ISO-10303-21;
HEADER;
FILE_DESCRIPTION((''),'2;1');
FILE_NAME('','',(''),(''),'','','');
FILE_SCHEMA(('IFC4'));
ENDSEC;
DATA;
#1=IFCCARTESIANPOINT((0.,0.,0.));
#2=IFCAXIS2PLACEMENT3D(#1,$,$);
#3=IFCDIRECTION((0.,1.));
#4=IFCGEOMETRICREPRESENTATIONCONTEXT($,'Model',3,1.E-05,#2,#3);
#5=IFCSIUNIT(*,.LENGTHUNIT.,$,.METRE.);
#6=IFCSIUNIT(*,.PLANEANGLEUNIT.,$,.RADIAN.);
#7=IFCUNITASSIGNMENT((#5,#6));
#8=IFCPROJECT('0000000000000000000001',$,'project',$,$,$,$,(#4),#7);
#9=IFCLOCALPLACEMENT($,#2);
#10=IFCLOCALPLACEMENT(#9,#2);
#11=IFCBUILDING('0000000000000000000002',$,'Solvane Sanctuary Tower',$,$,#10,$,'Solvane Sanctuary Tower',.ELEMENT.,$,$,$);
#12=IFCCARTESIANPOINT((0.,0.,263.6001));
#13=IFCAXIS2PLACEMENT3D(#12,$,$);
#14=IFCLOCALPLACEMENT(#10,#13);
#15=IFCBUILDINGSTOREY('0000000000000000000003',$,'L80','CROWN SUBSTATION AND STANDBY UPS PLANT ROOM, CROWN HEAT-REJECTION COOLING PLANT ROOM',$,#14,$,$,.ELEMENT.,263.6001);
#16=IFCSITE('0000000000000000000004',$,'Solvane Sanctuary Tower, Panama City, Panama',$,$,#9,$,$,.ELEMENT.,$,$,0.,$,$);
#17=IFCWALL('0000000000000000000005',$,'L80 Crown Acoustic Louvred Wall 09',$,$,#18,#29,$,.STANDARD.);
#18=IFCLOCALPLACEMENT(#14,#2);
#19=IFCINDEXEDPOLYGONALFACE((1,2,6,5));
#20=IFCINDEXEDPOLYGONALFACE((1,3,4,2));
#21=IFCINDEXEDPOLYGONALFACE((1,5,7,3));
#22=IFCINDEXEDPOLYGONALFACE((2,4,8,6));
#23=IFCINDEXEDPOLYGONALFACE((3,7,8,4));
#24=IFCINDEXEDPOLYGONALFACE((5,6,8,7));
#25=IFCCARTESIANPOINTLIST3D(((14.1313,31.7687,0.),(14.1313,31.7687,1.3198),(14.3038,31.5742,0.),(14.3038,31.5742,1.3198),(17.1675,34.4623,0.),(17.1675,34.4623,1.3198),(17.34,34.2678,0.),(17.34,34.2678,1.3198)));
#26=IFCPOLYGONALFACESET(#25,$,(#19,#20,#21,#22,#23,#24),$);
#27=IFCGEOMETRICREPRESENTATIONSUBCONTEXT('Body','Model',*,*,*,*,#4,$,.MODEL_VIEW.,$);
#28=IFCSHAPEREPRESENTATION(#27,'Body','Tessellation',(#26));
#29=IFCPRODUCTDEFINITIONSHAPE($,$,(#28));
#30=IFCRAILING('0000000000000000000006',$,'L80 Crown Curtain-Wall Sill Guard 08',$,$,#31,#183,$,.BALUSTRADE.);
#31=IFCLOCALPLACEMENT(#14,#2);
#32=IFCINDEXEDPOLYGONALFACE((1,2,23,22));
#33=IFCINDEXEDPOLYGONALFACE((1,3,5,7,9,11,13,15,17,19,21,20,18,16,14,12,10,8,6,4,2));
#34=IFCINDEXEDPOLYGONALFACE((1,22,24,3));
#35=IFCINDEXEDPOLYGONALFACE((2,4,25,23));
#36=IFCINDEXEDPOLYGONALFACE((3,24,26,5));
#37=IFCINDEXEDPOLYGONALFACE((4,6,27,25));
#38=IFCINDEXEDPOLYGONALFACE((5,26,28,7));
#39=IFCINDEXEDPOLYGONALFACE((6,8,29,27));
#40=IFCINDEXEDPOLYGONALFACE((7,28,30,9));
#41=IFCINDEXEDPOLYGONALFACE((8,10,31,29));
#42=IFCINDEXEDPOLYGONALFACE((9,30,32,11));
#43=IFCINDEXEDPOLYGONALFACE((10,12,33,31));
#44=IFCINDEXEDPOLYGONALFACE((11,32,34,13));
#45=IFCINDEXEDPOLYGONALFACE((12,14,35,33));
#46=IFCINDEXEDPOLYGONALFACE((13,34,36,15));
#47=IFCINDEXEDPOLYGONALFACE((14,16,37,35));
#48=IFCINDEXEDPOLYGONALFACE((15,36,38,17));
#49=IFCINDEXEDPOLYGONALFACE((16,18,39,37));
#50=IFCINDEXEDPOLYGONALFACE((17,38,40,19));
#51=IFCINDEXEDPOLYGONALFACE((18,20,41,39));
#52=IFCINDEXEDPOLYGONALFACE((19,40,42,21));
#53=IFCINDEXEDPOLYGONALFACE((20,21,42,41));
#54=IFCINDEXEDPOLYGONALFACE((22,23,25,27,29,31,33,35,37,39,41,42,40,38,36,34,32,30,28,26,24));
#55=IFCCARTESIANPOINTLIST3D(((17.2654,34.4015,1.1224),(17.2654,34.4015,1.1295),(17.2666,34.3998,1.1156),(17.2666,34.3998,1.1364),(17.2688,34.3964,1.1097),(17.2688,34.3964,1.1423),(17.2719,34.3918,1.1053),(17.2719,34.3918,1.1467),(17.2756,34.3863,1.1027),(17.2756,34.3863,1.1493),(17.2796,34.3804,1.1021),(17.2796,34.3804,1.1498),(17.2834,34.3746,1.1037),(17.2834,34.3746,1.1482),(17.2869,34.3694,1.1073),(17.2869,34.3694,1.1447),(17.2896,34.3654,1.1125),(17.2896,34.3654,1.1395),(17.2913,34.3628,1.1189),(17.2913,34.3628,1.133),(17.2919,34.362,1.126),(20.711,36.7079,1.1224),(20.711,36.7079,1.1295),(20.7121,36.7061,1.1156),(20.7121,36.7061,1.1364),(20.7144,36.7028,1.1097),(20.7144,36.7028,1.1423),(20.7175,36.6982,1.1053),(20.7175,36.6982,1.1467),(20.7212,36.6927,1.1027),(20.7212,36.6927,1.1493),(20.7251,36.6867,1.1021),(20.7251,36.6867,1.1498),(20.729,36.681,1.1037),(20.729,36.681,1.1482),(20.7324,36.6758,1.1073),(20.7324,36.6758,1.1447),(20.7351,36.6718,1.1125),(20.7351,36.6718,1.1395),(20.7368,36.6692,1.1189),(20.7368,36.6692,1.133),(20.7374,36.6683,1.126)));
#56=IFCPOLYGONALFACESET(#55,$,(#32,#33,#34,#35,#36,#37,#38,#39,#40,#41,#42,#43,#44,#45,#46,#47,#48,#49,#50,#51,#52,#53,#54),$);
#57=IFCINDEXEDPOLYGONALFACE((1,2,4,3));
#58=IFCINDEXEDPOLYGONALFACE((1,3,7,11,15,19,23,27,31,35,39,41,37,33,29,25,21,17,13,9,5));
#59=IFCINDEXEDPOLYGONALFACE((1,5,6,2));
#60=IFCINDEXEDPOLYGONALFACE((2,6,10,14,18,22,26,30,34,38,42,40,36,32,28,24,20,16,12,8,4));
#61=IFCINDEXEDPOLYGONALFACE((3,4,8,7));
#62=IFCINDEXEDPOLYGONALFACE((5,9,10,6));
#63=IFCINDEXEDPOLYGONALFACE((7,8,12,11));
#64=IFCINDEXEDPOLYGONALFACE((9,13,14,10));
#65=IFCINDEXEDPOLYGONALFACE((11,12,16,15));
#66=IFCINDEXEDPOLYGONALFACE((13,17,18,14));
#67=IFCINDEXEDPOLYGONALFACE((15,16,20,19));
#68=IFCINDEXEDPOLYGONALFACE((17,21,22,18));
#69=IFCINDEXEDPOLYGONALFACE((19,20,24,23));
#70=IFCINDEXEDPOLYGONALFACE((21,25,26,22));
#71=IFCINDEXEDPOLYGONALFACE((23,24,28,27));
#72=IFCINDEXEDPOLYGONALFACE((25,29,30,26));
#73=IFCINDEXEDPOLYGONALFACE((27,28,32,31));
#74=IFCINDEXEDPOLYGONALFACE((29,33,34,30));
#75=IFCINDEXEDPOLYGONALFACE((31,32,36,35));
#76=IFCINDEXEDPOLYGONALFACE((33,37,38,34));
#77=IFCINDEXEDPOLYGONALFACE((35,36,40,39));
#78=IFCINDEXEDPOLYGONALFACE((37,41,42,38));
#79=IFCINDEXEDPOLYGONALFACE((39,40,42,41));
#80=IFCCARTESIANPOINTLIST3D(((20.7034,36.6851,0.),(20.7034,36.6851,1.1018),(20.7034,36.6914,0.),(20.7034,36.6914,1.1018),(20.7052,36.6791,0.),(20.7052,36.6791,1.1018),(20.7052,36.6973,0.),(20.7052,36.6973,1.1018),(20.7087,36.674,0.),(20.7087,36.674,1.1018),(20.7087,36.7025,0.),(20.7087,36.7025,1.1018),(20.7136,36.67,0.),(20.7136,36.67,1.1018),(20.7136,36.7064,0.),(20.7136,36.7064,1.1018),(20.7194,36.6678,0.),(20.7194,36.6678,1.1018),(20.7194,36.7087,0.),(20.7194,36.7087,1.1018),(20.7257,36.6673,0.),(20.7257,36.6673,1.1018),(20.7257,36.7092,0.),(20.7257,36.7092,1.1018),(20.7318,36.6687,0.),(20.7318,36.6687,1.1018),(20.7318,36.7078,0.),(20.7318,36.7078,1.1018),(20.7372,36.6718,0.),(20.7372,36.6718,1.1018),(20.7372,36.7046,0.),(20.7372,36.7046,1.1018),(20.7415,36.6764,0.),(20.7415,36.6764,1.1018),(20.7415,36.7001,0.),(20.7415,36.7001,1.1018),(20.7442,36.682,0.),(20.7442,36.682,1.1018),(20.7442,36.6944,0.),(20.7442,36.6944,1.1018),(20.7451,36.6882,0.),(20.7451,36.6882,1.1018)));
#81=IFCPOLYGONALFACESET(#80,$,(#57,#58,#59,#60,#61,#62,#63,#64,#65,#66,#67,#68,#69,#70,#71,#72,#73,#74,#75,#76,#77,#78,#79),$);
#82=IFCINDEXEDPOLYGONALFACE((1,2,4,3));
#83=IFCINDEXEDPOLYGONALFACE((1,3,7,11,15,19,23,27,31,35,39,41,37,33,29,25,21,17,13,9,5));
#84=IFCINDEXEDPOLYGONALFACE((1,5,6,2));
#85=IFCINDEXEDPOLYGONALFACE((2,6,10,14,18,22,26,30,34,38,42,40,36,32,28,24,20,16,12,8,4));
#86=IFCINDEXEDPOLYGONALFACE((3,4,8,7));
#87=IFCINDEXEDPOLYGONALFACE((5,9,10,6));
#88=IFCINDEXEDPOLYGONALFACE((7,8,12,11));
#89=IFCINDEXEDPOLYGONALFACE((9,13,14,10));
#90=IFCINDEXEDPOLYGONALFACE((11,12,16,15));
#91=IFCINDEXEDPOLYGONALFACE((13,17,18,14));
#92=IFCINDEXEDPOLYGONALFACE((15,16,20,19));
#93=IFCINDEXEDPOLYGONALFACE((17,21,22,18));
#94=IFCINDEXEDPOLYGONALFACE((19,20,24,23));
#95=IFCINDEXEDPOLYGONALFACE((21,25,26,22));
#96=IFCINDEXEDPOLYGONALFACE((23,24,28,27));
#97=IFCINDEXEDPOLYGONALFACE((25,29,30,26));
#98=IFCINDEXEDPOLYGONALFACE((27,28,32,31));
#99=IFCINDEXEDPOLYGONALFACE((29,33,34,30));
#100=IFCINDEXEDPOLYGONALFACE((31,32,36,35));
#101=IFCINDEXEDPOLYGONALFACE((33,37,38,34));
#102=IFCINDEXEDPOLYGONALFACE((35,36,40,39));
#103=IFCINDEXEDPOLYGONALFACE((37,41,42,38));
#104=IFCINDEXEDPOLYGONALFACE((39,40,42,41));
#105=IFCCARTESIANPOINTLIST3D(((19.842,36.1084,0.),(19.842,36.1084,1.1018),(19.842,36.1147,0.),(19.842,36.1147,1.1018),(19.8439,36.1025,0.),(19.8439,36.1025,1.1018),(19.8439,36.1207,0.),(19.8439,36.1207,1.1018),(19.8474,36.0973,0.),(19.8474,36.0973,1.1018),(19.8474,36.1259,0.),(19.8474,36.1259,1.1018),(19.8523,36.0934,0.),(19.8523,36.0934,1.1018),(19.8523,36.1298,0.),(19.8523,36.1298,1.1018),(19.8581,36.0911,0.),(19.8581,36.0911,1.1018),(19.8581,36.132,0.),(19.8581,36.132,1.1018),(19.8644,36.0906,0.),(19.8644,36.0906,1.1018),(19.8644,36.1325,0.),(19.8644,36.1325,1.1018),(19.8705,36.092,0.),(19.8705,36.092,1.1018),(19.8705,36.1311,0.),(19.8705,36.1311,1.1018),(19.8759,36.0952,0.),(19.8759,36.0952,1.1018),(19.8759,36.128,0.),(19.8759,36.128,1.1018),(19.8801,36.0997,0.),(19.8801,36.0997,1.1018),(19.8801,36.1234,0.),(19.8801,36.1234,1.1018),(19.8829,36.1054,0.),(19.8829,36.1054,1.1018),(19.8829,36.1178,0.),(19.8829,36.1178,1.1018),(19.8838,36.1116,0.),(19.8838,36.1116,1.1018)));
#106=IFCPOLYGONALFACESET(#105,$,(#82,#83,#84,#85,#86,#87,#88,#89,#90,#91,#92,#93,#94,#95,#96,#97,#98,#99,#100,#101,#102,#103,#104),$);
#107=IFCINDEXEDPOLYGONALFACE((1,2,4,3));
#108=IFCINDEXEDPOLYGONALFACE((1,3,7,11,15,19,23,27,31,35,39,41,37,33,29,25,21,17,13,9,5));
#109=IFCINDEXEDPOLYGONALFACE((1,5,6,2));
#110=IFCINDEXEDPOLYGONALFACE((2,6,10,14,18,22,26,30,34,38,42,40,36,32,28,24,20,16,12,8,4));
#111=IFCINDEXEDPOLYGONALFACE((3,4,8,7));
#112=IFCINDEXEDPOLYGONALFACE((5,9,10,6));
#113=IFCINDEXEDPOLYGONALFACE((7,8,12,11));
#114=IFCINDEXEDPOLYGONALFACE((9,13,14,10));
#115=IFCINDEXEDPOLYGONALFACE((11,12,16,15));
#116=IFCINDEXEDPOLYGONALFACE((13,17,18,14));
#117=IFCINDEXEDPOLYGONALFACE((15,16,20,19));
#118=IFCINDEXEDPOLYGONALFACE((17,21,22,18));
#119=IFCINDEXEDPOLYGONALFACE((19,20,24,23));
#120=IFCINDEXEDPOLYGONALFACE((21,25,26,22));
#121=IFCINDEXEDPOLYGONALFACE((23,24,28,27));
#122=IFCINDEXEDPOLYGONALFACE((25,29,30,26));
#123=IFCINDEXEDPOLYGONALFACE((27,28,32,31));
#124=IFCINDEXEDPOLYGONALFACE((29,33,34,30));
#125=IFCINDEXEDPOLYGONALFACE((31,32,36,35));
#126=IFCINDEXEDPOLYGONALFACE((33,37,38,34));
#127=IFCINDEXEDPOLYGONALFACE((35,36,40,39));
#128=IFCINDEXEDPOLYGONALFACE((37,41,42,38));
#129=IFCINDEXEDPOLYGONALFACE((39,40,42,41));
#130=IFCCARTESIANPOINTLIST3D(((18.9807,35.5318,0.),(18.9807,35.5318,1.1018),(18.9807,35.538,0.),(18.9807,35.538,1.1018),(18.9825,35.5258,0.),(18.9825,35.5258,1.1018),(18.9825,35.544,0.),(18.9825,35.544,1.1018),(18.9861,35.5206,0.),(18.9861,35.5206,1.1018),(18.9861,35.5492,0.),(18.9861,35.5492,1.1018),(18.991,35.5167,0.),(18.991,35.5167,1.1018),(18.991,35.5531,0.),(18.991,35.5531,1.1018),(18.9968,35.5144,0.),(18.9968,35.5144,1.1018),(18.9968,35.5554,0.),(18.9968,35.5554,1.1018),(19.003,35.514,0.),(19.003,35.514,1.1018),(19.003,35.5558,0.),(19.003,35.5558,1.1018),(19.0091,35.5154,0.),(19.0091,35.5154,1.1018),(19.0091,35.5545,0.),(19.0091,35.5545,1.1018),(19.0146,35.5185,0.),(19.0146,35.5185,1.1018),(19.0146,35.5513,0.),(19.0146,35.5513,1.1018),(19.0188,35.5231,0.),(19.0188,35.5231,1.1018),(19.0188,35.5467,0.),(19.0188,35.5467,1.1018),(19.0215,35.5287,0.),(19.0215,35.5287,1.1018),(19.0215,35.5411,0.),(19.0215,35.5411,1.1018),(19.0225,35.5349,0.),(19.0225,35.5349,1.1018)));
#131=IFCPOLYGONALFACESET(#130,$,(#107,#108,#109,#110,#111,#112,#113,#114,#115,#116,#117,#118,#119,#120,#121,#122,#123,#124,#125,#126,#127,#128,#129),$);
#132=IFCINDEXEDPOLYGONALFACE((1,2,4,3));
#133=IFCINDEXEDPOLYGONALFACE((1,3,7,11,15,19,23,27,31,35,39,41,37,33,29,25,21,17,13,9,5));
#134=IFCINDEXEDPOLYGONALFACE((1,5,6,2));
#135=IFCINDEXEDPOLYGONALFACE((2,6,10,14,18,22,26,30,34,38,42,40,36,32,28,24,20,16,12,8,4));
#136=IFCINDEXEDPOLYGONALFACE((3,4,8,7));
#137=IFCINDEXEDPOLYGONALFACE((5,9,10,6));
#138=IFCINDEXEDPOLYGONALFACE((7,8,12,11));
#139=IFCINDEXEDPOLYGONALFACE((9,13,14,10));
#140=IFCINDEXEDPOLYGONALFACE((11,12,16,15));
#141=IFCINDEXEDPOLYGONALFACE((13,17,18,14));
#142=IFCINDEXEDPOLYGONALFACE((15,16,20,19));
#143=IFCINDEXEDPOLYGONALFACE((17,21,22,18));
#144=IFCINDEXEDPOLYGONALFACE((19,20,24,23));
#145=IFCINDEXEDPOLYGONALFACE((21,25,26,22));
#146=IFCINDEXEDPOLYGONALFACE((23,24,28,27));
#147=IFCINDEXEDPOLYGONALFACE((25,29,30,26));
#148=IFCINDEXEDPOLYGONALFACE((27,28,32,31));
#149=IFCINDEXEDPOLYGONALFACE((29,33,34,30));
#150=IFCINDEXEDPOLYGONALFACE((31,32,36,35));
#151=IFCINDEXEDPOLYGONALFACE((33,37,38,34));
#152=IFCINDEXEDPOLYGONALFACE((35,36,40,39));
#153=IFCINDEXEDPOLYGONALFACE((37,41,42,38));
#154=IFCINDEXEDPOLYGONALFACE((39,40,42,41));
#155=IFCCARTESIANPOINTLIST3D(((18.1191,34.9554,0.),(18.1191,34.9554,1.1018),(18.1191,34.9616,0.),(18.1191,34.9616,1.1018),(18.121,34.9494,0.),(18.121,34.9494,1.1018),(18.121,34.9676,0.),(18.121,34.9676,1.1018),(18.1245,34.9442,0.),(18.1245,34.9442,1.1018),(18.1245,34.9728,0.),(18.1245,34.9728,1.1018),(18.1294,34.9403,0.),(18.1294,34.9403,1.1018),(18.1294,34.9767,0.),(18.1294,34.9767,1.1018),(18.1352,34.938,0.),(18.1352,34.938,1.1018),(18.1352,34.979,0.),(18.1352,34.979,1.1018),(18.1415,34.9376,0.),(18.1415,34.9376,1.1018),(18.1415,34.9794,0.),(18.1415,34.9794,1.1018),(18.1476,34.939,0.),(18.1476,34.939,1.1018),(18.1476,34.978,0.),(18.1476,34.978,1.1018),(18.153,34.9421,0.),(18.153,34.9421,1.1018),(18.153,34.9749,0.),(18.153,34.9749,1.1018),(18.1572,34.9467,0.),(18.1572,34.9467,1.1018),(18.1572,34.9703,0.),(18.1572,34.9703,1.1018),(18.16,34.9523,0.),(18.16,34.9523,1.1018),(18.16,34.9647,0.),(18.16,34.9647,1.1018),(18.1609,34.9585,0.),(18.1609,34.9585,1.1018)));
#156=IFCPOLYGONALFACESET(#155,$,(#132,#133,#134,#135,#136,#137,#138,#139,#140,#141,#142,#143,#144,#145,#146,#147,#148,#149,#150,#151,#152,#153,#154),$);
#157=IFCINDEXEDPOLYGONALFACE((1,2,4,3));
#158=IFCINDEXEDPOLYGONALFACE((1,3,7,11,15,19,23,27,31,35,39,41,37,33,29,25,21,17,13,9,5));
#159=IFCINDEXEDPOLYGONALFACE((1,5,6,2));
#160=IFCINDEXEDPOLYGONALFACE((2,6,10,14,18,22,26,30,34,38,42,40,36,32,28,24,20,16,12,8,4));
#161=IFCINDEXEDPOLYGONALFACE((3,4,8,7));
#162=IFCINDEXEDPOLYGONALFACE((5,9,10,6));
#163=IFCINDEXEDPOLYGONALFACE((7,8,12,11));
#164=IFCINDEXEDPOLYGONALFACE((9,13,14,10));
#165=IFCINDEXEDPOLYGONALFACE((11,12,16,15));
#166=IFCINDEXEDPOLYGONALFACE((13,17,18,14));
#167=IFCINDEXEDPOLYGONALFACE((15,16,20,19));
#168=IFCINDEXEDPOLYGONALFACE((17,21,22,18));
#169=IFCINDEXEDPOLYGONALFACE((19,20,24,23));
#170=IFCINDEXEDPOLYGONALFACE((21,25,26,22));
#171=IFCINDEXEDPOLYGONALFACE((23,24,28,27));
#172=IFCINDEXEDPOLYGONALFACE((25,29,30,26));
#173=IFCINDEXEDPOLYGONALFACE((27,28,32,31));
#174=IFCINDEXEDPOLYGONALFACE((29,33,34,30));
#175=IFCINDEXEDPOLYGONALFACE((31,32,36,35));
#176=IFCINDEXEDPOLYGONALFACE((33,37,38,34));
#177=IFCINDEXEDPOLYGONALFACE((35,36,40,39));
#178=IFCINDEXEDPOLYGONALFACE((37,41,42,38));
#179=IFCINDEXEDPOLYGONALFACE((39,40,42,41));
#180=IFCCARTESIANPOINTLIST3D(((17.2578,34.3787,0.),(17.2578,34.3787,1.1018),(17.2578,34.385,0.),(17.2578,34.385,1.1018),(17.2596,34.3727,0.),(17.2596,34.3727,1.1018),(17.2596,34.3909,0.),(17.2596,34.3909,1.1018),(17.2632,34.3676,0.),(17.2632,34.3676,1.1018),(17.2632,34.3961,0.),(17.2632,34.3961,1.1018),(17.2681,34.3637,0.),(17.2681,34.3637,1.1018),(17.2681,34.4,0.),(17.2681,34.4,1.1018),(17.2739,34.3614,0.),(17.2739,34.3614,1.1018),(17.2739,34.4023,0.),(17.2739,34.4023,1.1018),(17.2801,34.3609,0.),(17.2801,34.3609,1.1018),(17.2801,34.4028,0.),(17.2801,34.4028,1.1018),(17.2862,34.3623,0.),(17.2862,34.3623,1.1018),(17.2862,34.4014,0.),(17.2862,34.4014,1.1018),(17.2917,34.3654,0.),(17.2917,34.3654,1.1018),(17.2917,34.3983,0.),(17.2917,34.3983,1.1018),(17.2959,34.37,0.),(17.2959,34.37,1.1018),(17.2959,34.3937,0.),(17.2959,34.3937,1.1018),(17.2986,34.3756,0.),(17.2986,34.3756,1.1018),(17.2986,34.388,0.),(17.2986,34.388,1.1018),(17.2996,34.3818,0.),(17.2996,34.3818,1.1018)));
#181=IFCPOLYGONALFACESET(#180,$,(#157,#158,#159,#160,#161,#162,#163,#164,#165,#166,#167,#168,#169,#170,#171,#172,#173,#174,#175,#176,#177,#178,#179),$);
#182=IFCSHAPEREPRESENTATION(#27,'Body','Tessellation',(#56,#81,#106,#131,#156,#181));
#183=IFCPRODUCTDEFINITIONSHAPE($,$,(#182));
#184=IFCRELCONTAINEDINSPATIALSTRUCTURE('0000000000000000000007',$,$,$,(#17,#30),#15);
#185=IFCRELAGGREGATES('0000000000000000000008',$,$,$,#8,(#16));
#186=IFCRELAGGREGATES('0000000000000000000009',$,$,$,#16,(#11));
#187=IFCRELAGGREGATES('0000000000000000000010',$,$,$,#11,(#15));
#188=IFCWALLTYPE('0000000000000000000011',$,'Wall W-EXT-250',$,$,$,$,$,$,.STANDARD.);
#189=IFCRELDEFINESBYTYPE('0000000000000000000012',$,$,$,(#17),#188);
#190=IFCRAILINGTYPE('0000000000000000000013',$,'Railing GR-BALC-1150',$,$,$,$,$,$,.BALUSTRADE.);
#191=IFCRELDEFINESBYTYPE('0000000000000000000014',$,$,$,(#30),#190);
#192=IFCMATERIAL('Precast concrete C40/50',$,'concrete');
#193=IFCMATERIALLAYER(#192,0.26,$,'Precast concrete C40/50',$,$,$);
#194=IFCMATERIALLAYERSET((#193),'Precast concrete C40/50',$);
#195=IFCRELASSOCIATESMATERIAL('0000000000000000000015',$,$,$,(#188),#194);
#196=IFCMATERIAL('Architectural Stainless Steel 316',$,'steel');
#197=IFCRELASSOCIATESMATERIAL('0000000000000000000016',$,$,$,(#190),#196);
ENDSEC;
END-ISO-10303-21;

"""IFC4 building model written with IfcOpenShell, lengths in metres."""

from ifc_helpers import new_model, si_unit, direction, frame, frame_2d, origin, origin_2d, place, context, subcontext, project, spatial, rectangle, circle, extrude, material, layer, layer_set, type_object, element, save


model = new_model("IFC4")

# Units and contexts
model_context = context("Model", 3, precision=1e-05, world=origin(), true_north=direction((0.0, 1.0)))
body_context = subcontext(model_context, "Body", "Model", "MODEL_VIEW")
ifc_project = project(units=[si_unit("LENGTHUNIT", "METRE"), si_unit("PLANEANGLEUNIT", "RADIAN")], contexts=[model_context])

# Site, building, storey
site_placement = place(None, origin())
site = spatial("IfcSite", under=ifc_project, at=site_placement, Name="Solvane Sanctuary Tower, Panama City, Panama", CompositionType="ELEMENT", RefElevation=0.0)
building_placement = place(site_placement, origin())
building = spatial("IfcBuilding", under=site, at=building_placement, Name="Solvane Sanctuary Tower", LongName="Solvane Sanctuary Tower", CompositionType="ELEMENT")
storey_placement = place(building_placement, frame((0.0, 0.0, 263.6001)))
storey = spatial("IfcBuildingStorey", under=building, at=storey_placement, Name="L80", Description="CROWN SUBSTATION AND STANDBY UPS PLANT ROOM, CROWN HEAT-REJECTION COOLING PLANT ROOM", CompositionType="ELEMENT", Elevation=263.6001)

# Wall
ifc_material_1 = material(Name="Precast concrete C40/50", Category="concrete")
ifc_layer_1 = layer(ifc_material_1, 0.26, Name="Precast concrete C40/50")
ifc_layer_set_1 = layer_set([ifc_layer_1], Name="Precast concrete C40/50")
wall_type_1 = type_object("IfcWallType", Name="Wall W-EXT-250", PredefinedType="STANDARD", material=ifc_layer_set_1)
wall_1_placement = place(storey_placement, frame((17.2537, 34.365, 0.0), z_axis=(0.0, 0.0, 1.0), x_axis=(-0.748043, -0.66365, 0.0)))
element("IfcWall", 1, at=wall_1_placement, inside=storey, type_object=wall_type_1, Name="L80 Crown Acoustic Louvred Wall 09", PredefinedType="STANDARD", context=body_context, shape_type="SweptSolid", body=[
    extrude(rectangle(XDim=4.0588, YDim=0.26, at=frame_2d((2.0293, 0.0))), origin(), (0.0, 0.0, 1.0), 1.3198),
])

# Railing
ifc_material_2 = material(Name="Architectural Stainless Steel 316", Category="steel")
railing_type = type_object("IfcRailingType", Name="Railing GR-BALC-1150", PredefinedType="BALUSTRADE", material=ifc_material_2)
railing_1_placement = place(storey_placement, frame((20.7241, 36.6882, 0.0)))
element("IfcRailing", 2, at=railing_1_placement, inside=storey, type_object=railing_type, Name="L80 Crown Curtain-Wall Sill Guard 08", PredefinedType="BALUSTRADE", context=body_context, shape_type="SweptSolid", body=[
    extrude(circle(Radius=0.0239, at=origin_2d()), frame((0.0, 0.0, 1.126), z_axis=(-0.831007, -0.556262, 0.0), x_axis=(0.556262, -0.831007, 0.0)), (0.0, 0.0, 1.0), 4.1462),
    extrude(circle(Radius=0.021, at=origin_2d()), origin(), (0.0, 0.0, 1.0), 1.1018),
    extrude(circle(Radius=0.021, at=origin_2d()), frame((-0.8613, -0.5767, 0.0)), (0.0, 0.0, 1.0), 1.1018),
    extrude(circle(Radius=0.021, at=origin_2d()), frame((-1.7227, -1.1533, 0.0)), (0.0, 0.0, 1.0), 1.1018),
    extrude(circle(Radius=0.021, at=origin_2d()), frame((-2.5842, -1.7297, 0.0)), (0.0, 0.0, 1.0), 1.1018),
    extrude(circle(Radius=0.021, at=origin_2d()), frame((-3.4456, -2.3064, 0.0)), (0.0, 0.0, 1.0), 1.1018),
])

save(model, "model.ifc")
